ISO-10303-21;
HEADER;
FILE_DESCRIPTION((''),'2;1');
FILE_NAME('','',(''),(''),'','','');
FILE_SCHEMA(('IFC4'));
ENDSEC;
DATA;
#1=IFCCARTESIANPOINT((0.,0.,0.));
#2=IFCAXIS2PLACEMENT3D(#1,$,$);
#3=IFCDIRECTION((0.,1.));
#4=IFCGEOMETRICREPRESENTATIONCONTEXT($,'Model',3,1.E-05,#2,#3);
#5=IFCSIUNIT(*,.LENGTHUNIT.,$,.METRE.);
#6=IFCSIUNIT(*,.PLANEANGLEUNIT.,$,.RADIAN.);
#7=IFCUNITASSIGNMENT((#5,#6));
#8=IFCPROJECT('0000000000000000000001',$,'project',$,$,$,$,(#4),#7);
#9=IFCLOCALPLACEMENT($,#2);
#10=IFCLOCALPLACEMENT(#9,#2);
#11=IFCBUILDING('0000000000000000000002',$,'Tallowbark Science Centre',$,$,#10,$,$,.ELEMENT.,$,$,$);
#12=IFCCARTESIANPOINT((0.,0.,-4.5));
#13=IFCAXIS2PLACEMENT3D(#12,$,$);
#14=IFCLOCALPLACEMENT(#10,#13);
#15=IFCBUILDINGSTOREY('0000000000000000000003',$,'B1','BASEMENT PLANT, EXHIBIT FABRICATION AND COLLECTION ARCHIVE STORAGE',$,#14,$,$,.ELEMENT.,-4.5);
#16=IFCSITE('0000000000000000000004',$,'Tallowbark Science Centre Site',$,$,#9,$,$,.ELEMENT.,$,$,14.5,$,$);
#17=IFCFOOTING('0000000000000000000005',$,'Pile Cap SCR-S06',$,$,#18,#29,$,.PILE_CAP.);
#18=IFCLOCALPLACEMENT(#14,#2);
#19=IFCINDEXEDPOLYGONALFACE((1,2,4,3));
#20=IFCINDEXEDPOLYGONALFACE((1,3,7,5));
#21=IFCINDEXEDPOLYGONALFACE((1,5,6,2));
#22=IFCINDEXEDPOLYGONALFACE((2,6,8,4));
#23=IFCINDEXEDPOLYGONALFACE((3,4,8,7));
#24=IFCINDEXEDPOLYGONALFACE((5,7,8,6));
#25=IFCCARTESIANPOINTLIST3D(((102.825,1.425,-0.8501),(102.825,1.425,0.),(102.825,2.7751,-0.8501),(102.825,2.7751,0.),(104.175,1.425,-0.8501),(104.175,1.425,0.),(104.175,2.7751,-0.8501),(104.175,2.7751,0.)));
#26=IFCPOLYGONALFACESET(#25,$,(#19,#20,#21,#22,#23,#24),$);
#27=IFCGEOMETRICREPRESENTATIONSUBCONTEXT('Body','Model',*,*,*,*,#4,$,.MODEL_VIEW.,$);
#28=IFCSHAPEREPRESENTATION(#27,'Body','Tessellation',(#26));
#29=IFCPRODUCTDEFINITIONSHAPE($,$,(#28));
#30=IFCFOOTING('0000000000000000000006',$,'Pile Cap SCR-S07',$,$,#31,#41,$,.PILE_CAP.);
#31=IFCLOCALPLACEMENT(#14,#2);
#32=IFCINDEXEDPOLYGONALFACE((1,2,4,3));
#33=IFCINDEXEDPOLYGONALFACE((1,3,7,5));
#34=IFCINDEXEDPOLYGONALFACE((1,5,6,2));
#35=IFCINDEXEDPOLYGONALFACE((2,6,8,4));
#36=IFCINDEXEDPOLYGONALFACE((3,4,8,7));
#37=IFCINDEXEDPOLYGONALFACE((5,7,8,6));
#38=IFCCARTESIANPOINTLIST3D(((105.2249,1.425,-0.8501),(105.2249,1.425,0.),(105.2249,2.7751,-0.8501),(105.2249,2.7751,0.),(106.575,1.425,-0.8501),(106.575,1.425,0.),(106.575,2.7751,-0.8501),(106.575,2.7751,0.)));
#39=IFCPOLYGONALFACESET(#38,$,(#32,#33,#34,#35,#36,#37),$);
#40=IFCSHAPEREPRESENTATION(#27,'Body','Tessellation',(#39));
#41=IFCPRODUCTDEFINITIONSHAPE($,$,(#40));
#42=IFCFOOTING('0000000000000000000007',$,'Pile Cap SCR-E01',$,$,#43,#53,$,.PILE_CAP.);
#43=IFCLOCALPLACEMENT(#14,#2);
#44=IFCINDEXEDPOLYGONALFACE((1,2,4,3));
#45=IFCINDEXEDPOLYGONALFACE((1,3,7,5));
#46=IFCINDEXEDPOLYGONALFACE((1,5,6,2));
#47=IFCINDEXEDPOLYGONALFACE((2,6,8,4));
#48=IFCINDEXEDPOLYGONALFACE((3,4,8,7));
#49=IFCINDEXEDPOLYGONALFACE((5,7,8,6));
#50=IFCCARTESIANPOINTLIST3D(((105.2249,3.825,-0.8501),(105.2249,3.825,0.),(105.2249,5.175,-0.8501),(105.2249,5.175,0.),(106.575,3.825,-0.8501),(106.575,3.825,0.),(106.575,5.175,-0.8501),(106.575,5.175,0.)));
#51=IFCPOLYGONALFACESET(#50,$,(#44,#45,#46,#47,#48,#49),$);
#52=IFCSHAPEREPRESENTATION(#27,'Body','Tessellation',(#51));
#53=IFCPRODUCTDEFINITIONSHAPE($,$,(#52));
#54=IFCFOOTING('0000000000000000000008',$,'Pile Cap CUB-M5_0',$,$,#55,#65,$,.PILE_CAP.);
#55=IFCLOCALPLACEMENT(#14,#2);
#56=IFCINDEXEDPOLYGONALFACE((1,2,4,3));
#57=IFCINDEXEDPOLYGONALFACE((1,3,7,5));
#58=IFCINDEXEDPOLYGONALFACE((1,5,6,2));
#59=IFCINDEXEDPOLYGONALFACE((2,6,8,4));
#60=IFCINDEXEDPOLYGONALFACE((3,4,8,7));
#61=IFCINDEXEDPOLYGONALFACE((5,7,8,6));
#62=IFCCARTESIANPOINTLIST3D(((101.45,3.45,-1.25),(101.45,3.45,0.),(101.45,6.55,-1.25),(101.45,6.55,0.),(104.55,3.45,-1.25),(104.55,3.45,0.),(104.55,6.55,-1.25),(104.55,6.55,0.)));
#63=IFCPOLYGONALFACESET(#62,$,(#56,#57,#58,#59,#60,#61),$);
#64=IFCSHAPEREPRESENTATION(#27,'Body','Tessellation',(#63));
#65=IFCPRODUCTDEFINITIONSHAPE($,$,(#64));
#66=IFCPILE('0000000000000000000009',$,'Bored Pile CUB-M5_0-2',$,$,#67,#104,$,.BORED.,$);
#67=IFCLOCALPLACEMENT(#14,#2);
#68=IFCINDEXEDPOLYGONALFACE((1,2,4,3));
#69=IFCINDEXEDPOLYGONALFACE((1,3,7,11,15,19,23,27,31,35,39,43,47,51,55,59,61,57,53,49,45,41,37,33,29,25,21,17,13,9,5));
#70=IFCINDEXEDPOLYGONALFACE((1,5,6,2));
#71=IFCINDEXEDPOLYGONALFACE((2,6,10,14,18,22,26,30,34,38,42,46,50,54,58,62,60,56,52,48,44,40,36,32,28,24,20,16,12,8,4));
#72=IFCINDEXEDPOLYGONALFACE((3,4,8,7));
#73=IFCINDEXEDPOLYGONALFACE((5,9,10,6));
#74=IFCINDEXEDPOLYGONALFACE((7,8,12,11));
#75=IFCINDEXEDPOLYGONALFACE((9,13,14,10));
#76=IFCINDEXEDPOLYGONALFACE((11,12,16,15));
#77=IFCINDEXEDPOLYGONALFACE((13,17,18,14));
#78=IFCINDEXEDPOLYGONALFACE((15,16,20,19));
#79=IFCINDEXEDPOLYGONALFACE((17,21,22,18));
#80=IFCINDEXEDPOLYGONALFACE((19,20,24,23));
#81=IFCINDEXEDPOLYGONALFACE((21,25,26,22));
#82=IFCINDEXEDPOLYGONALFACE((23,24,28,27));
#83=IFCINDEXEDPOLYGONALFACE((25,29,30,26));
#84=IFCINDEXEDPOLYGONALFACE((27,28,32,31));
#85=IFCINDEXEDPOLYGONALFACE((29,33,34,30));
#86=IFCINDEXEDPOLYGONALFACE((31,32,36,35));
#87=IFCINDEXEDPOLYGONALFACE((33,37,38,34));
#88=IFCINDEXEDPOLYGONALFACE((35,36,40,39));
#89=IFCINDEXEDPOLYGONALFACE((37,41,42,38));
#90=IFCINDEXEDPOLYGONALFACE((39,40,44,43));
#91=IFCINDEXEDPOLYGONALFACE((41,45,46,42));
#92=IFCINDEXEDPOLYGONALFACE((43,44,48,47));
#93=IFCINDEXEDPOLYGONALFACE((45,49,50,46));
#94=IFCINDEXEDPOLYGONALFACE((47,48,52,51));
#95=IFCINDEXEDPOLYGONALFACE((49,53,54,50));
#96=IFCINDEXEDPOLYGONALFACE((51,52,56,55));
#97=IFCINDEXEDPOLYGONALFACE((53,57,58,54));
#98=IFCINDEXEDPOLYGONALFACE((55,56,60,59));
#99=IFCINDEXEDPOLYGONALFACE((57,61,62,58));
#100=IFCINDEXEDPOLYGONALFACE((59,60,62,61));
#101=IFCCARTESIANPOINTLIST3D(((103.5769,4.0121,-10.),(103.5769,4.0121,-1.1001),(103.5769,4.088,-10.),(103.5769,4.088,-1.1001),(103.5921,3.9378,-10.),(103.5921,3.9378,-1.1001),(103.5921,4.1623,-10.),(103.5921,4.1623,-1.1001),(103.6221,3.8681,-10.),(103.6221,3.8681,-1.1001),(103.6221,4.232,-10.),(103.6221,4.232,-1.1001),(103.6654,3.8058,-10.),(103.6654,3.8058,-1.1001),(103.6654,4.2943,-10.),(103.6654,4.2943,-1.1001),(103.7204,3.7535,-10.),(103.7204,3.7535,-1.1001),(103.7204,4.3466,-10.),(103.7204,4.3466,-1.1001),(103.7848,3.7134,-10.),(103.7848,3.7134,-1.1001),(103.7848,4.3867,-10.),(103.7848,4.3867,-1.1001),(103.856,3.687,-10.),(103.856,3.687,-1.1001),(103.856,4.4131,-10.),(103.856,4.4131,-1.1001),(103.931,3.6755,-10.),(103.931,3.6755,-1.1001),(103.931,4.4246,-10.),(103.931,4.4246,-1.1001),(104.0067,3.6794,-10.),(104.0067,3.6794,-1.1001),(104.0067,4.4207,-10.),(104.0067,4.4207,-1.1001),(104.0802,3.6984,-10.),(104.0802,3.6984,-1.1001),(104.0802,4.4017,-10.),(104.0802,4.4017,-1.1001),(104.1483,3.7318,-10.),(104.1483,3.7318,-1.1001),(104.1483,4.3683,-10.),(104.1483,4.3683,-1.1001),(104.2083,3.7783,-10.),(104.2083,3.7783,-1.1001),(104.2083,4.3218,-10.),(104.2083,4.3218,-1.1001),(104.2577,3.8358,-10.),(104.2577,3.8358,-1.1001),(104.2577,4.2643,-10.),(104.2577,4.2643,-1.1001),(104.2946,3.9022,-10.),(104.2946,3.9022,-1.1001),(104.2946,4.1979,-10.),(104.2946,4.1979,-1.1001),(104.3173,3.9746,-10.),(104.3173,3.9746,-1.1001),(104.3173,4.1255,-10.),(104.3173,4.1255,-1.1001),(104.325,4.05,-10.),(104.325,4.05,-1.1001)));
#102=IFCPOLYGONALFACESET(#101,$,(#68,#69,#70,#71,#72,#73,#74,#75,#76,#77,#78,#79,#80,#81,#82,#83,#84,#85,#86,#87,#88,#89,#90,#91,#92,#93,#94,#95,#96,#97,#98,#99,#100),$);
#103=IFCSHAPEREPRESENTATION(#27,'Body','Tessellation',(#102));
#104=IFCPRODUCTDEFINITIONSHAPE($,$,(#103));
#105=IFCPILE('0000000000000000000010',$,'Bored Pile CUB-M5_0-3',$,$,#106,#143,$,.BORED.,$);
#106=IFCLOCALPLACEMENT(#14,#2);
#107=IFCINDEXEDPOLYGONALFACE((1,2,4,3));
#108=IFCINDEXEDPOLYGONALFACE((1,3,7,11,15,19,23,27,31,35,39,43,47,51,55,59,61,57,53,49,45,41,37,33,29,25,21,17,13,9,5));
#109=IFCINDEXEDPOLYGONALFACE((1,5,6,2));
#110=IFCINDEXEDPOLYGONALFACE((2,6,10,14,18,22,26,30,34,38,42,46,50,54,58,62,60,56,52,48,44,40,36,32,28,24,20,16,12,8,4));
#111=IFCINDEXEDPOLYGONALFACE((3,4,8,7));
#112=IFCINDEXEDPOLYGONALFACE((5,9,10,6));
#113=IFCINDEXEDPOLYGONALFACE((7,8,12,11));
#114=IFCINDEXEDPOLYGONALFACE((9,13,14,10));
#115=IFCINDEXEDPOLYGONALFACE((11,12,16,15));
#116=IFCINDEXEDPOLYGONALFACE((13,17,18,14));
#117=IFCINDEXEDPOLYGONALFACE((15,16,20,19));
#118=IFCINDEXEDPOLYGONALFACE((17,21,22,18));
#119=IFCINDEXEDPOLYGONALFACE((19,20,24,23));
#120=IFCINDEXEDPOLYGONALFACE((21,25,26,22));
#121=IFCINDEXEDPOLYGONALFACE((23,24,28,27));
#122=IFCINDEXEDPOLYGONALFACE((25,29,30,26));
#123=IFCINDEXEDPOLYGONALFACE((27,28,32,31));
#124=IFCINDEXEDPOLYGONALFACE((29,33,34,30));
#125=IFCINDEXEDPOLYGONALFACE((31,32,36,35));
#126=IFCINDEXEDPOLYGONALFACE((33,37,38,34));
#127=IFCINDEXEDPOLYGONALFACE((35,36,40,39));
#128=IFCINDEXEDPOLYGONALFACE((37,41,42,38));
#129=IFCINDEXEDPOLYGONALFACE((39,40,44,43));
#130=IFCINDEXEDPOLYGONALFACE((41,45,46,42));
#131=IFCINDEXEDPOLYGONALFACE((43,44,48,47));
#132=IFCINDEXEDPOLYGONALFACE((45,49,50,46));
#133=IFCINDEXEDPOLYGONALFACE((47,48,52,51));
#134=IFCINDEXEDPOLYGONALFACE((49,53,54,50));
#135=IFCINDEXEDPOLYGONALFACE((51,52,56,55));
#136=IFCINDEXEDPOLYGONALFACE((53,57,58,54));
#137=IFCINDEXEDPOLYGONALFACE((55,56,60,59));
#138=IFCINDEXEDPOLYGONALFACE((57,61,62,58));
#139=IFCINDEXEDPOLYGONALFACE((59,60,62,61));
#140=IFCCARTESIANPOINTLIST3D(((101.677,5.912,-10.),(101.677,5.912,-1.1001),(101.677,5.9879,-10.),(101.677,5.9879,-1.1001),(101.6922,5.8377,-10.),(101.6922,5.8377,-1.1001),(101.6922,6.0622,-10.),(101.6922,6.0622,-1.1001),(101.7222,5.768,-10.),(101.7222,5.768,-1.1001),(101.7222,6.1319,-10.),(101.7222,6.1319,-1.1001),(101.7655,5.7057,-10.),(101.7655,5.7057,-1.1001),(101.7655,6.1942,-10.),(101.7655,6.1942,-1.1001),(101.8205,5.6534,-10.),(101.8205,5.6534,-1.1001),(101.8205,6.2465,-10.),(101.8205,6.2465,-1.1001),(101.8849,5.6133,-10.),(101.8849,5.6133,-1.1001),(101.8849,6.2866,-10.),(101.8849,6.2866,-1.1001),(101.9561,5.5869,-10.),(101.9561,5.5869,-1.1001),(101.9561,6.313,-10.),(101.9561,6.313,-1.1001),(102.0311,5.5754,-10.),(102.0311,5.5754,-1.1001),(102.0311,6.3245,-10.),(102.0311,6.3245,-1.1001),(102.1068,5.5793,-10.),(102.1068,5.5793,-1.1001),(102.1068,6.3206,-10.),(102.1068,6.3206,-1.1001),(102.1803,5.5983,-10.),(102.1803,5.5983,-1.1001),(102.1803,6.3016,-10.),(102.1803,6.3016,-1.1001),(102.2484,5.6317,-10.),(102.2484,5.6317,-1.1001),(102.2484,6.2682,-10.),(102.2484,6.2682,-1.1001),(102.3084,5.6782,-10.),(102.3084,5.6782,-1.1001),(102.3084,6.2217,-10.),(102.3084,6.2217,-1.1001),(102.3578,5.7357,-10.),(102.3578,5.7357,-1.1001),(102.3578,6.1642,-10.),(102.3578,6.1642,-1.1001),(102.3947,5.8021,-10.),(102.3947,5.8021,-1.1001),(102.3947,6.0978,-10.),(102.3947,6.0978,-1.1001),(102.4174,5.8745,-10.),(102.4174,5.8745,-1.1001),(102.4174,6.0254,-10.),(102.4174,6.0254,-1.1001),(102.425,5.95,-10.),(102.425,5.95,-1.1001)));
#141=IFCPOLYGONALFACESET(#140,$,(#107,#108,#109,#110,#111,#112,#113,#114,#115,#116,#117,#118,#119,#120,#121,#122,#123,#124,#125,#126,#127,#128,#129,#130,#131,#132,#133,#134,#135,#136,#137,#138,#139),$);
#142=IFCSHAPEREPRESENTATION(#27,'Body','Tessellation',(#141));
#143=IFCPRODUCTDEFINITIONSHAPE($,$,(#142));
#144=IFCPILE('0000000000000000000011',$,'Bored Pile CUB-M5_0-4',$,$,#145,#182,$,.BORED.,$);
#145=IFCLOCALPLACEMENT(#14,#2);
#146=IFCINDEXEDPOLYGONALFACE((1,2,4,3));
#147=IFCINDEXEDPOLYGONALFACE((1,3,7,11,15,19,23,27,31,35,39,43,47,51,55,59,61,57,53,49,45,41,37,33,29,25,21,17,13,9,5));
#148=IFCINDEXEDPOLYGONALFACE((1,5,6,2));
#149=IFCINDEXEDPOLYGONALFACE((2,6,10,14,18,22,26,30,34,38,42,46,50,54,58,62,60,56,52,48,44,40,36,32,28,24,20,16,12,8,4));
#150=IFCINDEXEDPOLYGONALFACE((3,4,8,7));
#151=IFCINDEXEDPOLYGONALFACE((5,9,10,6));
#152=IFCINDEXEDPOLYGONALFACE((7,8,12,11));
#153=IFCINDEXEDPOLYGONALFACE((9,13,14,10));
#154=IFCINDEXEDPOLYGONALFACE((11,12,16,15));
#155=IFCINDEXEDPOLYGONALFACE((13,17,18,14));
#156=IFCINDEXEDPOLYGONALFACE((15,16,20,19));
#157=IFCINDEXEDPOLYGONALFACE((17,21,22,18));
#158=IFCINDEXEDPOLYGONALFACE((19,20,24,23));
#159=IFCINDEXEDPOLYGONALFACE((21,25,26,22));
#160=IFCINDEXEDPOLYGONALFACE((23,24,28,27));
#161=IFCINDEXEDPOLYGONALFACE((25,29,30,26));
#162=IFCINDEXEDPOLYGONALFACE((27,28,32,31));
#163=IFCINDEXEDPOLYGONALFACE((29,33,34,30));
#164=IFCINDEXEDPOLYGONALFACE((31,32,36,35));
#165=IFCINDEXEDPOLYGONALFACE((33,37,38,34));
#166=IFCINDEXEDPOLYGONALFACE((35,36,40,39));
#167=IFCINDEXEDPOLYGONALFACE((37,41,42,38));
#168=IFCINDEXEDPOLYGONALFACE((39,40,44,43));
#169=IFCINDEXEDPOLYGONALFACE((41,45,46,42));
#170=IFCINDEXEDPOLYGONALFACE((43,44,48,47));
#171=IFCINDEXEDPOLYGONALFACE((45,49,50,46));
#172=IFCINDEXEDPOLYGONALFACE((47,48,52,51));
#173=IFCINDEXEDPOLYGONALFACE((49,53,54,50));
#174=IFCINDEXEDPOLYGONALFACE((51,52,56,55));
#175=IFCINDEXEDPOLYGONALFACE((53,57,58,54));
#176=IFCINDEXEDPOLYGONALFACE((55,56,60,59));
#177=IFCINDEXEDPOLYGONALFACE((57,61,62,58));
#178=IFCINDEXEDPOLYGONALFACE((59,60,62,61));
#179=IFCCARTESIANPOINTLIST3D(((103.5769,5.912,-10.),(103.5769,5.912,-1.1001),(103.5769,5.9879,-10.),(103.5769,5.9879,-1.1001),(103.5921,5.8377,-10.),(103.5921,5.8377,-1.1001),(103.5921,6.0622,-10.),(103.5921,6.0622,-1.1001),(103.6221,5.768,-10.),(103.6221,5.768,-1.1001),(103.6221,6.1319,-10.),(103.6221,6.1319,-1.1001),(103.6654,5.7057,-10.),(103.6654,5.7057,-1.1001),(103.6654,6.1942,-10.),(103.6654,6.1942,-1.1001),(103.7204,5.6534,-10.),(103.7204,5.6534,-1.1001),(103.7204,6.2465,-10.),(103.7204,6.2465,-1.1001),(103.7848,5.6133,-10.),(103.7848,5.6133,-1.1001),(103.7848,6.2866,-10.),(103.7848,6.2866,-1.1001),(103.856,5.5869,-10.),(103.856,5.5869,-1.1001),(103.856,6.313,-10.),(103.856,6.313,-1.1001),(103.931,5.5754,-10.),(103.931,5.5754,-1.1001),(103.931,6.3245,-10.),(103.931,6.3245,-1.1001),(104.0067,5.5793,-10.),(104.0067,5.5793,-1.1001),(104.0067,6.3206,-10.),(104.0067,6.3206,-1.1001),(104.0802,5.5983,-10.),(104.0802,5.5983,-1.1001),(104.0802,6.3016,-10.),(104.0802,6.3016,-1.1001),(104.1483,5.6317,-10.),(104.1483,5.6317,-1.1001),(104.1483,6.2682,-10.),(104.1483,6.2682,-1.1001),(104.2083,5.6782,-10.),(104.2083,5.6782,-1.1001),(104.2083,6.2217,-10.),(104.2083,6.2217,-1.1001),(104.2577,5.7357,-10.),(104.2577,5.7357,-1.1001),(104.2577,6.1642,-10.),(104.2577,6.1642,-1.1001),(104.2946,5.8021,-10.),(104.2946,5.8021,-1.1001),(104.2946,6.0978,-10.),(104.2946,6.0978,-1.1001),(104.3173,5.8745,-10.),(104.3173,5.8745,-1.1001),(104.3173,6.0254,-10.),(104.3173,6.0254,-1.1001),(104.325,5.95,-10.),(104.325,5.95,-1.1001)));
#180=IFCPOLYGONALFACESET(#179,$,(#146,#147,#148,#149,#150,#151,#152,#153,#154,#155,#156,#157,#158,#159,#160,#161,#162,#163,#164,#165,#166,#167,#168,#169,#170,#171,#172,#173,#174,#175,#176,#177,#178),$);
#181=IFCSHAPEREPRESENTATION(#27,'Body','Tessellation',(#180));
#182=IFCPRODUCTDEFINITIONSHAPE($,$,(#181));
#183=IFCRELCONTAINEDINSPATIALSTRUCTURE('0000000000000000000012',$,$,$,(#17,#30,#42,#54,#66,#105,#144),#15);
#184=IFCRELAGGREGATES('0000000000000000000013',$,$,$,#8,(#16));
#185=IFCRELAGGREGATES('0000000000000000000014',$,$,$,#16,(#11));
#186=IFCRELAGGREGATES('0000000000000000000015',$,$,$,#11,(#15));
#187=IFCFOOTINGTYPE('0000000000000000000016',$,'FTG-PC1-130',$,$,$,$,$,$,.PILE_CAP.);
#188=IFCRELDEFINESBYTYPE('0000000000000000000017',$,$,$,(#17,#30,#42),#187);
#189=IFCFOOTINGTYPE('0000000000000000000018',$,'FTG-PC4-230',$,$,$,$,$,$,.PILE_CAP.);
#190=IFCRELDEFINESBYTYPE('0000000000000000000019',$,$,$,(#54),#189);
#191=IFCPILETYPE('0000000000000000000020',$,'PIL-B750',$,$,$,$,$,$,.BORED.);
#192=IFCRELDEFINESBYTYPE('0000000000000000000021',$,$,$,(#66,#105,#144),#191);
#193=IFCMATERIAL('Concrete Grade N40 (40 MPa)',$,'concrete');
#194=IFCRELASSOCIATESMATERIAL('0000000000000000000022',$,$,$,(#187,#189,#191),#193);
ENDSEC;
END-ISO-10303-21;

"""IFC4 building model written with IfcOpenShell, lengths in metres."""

from ifc_helpers import new_model, si_unit, direction, frame, origin, origin_2d, place, context, subcontext, project, spatial, rectangle, circle, extrude, material, material_profile, profile_set, type_object, element, save


model = new_model("IFC4")

# Units and contexts
model_context = context("Model", 3, precision=1e-05, world=origin(), true_north=direction((0.0, 1.0)))
body_context = subcontext(model_context, "Body", "Model", "MODEL_VIEW")
ifc_project = project(units=[si_unit("LENGTHUNIT", "METRE"), si_unit("PLANEANGLEUNIT", "RADIAN")], contexts=[model_context])

# Site, building, storey
site_placement = place(None, origin())
site = spatial("IfcSite", under=ifc_project, at=site_placement, Name="Tallowbark Science Centre Site", CompositionType="ELEMENT", RefElevation=14.5)
building_placement = place(site_placement, origin())
building = spatial("IfcBuilding", under=site, at=building_placement, Name="Tallowbark Science Centre", CompositionType="ELEMENT")
storey_placement = place(building_placement, frame((0.0, 0.0, -4.5)))
storey = spatial("IfcBuildingStorey", under=building, at=storey_placement, Name="B1", Description="BASEMENT PLANT, EXHIBIT FABRICATION AND COLLECTION ARCHIVE STORAGE", CompositionType="ELEMENT", Elevation=-4.5)

# Footings
ifc_material_1 = material(Name="Concrete Grade N40 (40 MPa)", Category="concrete")
footing_type_1 = type_object("IfcFootingType", Name="FTG-PC1-130", PredefinedType="PILE_CAP", material=ifc_material_1)
for number, where, z_axis, x_axis, name in (
    (1, (103.5, 2.1001, -0.8501), (0.0, 0.0, 1.0), (1.0, 0.0, 0.0), "Pile Cap SCR-S06"),
    (2, (105.8999, 2.1001, -0.8501), (0.0, 0.0, 1.0), (1.0, 0.0, 0.0), "Pile Cap SCR-S07"),
    (3, (105.8999, 4.5, -0.8501), (0.0, 0.0, 1.0), (1.0, 0.0, 0.0), "Pile Cap SCR-E01"),
):
    element("IfcFooting", number, at=place(storey_placement, frame(where, z_axis=z_axis, x_axis=x_axis)), inside=storey, type_object=footing_type_1, Name=name, PredefinedType="PILE_CAP", context=body_context, shape_type="SweptSolid", body=[
        extrude(rectangle(XDim=1.3501, YDim=1.3501, at=origin_2d()), origin(), (0.0, 0.0, 1.0), 0.8501),
    ])
footing_type_2 = type_object("IfcFootingType", Name="FTG-PC4-230", PredefinedType="PILE_CAP", material=ifc_material_1)
footing_placement = place(storey_placement, frame((103.0, 5.0, -1.25), z_axis=(0.0, 0.0, 1.0), x_axis=(1.0, 0.0, 0.0)))
element("IfcFooting", 4, at=footing_placement, inside=storey, type_object=footing_type_2, Name="Pile Cap CUB-M5_0", PredefinedType="PILE_CAP", context=body_context, shape_type="SweptSolid", body=[
    extrude(rectangle(XDim=3.1001, YDim=3.1001, at=origin_2d()), origin(), (0.0, 0.0, 1.0), 1.25),
])

# Piles
ifc_material_profile_1 = material_profile(ifc_material_1, circle(Radius=0.375, at=origin_2d()), Name="PILE750")
ifc_profile_set_1 = profile_set([ifc_material_profile_1], Name="Concrete Grade N40 (40 MPa)")
pile_type = type_object("IfcPileType", Name="PIL-B750", PredefinedType="BORED", material=ifc_profile_set_1)
for number, where, z_axis, x_axis, name in (
    (5, (103.95, 4.05, -1.1001), (0.0, 0.0, -1.0), (1.0, 0.0, 0.0), "Bored Pile CUB-M5_0-2"),
    (6, (102.05, 5.95, -1.1001), (0.0, 0.0, -1.0), (1.0, 0.0, 0.0), "Bored Pile CUB-M5_0-3"),
    (7, (103.95, 5.95, -1.1001), (0.0, 0.0, -1.0), (1.0, 0.0, 0.0), "Bored Pile CUB-M5_0-4"),
):
    element("IfcPile", number, at=place(storey_placement, frame(where, z_axis=z_axis, x_axis=x_axis)), inside=storey, type_object=pile_type, Name=name, PredefinedType="BORED", context=body_context, shape_type="SweptSolid", body=[
        extrude(circle(Radius=0.375, at=origin_2d()), origin(), (0.0, 0.0, 1.0), 8.8999),
    ])

save(model, "model.ifc")
